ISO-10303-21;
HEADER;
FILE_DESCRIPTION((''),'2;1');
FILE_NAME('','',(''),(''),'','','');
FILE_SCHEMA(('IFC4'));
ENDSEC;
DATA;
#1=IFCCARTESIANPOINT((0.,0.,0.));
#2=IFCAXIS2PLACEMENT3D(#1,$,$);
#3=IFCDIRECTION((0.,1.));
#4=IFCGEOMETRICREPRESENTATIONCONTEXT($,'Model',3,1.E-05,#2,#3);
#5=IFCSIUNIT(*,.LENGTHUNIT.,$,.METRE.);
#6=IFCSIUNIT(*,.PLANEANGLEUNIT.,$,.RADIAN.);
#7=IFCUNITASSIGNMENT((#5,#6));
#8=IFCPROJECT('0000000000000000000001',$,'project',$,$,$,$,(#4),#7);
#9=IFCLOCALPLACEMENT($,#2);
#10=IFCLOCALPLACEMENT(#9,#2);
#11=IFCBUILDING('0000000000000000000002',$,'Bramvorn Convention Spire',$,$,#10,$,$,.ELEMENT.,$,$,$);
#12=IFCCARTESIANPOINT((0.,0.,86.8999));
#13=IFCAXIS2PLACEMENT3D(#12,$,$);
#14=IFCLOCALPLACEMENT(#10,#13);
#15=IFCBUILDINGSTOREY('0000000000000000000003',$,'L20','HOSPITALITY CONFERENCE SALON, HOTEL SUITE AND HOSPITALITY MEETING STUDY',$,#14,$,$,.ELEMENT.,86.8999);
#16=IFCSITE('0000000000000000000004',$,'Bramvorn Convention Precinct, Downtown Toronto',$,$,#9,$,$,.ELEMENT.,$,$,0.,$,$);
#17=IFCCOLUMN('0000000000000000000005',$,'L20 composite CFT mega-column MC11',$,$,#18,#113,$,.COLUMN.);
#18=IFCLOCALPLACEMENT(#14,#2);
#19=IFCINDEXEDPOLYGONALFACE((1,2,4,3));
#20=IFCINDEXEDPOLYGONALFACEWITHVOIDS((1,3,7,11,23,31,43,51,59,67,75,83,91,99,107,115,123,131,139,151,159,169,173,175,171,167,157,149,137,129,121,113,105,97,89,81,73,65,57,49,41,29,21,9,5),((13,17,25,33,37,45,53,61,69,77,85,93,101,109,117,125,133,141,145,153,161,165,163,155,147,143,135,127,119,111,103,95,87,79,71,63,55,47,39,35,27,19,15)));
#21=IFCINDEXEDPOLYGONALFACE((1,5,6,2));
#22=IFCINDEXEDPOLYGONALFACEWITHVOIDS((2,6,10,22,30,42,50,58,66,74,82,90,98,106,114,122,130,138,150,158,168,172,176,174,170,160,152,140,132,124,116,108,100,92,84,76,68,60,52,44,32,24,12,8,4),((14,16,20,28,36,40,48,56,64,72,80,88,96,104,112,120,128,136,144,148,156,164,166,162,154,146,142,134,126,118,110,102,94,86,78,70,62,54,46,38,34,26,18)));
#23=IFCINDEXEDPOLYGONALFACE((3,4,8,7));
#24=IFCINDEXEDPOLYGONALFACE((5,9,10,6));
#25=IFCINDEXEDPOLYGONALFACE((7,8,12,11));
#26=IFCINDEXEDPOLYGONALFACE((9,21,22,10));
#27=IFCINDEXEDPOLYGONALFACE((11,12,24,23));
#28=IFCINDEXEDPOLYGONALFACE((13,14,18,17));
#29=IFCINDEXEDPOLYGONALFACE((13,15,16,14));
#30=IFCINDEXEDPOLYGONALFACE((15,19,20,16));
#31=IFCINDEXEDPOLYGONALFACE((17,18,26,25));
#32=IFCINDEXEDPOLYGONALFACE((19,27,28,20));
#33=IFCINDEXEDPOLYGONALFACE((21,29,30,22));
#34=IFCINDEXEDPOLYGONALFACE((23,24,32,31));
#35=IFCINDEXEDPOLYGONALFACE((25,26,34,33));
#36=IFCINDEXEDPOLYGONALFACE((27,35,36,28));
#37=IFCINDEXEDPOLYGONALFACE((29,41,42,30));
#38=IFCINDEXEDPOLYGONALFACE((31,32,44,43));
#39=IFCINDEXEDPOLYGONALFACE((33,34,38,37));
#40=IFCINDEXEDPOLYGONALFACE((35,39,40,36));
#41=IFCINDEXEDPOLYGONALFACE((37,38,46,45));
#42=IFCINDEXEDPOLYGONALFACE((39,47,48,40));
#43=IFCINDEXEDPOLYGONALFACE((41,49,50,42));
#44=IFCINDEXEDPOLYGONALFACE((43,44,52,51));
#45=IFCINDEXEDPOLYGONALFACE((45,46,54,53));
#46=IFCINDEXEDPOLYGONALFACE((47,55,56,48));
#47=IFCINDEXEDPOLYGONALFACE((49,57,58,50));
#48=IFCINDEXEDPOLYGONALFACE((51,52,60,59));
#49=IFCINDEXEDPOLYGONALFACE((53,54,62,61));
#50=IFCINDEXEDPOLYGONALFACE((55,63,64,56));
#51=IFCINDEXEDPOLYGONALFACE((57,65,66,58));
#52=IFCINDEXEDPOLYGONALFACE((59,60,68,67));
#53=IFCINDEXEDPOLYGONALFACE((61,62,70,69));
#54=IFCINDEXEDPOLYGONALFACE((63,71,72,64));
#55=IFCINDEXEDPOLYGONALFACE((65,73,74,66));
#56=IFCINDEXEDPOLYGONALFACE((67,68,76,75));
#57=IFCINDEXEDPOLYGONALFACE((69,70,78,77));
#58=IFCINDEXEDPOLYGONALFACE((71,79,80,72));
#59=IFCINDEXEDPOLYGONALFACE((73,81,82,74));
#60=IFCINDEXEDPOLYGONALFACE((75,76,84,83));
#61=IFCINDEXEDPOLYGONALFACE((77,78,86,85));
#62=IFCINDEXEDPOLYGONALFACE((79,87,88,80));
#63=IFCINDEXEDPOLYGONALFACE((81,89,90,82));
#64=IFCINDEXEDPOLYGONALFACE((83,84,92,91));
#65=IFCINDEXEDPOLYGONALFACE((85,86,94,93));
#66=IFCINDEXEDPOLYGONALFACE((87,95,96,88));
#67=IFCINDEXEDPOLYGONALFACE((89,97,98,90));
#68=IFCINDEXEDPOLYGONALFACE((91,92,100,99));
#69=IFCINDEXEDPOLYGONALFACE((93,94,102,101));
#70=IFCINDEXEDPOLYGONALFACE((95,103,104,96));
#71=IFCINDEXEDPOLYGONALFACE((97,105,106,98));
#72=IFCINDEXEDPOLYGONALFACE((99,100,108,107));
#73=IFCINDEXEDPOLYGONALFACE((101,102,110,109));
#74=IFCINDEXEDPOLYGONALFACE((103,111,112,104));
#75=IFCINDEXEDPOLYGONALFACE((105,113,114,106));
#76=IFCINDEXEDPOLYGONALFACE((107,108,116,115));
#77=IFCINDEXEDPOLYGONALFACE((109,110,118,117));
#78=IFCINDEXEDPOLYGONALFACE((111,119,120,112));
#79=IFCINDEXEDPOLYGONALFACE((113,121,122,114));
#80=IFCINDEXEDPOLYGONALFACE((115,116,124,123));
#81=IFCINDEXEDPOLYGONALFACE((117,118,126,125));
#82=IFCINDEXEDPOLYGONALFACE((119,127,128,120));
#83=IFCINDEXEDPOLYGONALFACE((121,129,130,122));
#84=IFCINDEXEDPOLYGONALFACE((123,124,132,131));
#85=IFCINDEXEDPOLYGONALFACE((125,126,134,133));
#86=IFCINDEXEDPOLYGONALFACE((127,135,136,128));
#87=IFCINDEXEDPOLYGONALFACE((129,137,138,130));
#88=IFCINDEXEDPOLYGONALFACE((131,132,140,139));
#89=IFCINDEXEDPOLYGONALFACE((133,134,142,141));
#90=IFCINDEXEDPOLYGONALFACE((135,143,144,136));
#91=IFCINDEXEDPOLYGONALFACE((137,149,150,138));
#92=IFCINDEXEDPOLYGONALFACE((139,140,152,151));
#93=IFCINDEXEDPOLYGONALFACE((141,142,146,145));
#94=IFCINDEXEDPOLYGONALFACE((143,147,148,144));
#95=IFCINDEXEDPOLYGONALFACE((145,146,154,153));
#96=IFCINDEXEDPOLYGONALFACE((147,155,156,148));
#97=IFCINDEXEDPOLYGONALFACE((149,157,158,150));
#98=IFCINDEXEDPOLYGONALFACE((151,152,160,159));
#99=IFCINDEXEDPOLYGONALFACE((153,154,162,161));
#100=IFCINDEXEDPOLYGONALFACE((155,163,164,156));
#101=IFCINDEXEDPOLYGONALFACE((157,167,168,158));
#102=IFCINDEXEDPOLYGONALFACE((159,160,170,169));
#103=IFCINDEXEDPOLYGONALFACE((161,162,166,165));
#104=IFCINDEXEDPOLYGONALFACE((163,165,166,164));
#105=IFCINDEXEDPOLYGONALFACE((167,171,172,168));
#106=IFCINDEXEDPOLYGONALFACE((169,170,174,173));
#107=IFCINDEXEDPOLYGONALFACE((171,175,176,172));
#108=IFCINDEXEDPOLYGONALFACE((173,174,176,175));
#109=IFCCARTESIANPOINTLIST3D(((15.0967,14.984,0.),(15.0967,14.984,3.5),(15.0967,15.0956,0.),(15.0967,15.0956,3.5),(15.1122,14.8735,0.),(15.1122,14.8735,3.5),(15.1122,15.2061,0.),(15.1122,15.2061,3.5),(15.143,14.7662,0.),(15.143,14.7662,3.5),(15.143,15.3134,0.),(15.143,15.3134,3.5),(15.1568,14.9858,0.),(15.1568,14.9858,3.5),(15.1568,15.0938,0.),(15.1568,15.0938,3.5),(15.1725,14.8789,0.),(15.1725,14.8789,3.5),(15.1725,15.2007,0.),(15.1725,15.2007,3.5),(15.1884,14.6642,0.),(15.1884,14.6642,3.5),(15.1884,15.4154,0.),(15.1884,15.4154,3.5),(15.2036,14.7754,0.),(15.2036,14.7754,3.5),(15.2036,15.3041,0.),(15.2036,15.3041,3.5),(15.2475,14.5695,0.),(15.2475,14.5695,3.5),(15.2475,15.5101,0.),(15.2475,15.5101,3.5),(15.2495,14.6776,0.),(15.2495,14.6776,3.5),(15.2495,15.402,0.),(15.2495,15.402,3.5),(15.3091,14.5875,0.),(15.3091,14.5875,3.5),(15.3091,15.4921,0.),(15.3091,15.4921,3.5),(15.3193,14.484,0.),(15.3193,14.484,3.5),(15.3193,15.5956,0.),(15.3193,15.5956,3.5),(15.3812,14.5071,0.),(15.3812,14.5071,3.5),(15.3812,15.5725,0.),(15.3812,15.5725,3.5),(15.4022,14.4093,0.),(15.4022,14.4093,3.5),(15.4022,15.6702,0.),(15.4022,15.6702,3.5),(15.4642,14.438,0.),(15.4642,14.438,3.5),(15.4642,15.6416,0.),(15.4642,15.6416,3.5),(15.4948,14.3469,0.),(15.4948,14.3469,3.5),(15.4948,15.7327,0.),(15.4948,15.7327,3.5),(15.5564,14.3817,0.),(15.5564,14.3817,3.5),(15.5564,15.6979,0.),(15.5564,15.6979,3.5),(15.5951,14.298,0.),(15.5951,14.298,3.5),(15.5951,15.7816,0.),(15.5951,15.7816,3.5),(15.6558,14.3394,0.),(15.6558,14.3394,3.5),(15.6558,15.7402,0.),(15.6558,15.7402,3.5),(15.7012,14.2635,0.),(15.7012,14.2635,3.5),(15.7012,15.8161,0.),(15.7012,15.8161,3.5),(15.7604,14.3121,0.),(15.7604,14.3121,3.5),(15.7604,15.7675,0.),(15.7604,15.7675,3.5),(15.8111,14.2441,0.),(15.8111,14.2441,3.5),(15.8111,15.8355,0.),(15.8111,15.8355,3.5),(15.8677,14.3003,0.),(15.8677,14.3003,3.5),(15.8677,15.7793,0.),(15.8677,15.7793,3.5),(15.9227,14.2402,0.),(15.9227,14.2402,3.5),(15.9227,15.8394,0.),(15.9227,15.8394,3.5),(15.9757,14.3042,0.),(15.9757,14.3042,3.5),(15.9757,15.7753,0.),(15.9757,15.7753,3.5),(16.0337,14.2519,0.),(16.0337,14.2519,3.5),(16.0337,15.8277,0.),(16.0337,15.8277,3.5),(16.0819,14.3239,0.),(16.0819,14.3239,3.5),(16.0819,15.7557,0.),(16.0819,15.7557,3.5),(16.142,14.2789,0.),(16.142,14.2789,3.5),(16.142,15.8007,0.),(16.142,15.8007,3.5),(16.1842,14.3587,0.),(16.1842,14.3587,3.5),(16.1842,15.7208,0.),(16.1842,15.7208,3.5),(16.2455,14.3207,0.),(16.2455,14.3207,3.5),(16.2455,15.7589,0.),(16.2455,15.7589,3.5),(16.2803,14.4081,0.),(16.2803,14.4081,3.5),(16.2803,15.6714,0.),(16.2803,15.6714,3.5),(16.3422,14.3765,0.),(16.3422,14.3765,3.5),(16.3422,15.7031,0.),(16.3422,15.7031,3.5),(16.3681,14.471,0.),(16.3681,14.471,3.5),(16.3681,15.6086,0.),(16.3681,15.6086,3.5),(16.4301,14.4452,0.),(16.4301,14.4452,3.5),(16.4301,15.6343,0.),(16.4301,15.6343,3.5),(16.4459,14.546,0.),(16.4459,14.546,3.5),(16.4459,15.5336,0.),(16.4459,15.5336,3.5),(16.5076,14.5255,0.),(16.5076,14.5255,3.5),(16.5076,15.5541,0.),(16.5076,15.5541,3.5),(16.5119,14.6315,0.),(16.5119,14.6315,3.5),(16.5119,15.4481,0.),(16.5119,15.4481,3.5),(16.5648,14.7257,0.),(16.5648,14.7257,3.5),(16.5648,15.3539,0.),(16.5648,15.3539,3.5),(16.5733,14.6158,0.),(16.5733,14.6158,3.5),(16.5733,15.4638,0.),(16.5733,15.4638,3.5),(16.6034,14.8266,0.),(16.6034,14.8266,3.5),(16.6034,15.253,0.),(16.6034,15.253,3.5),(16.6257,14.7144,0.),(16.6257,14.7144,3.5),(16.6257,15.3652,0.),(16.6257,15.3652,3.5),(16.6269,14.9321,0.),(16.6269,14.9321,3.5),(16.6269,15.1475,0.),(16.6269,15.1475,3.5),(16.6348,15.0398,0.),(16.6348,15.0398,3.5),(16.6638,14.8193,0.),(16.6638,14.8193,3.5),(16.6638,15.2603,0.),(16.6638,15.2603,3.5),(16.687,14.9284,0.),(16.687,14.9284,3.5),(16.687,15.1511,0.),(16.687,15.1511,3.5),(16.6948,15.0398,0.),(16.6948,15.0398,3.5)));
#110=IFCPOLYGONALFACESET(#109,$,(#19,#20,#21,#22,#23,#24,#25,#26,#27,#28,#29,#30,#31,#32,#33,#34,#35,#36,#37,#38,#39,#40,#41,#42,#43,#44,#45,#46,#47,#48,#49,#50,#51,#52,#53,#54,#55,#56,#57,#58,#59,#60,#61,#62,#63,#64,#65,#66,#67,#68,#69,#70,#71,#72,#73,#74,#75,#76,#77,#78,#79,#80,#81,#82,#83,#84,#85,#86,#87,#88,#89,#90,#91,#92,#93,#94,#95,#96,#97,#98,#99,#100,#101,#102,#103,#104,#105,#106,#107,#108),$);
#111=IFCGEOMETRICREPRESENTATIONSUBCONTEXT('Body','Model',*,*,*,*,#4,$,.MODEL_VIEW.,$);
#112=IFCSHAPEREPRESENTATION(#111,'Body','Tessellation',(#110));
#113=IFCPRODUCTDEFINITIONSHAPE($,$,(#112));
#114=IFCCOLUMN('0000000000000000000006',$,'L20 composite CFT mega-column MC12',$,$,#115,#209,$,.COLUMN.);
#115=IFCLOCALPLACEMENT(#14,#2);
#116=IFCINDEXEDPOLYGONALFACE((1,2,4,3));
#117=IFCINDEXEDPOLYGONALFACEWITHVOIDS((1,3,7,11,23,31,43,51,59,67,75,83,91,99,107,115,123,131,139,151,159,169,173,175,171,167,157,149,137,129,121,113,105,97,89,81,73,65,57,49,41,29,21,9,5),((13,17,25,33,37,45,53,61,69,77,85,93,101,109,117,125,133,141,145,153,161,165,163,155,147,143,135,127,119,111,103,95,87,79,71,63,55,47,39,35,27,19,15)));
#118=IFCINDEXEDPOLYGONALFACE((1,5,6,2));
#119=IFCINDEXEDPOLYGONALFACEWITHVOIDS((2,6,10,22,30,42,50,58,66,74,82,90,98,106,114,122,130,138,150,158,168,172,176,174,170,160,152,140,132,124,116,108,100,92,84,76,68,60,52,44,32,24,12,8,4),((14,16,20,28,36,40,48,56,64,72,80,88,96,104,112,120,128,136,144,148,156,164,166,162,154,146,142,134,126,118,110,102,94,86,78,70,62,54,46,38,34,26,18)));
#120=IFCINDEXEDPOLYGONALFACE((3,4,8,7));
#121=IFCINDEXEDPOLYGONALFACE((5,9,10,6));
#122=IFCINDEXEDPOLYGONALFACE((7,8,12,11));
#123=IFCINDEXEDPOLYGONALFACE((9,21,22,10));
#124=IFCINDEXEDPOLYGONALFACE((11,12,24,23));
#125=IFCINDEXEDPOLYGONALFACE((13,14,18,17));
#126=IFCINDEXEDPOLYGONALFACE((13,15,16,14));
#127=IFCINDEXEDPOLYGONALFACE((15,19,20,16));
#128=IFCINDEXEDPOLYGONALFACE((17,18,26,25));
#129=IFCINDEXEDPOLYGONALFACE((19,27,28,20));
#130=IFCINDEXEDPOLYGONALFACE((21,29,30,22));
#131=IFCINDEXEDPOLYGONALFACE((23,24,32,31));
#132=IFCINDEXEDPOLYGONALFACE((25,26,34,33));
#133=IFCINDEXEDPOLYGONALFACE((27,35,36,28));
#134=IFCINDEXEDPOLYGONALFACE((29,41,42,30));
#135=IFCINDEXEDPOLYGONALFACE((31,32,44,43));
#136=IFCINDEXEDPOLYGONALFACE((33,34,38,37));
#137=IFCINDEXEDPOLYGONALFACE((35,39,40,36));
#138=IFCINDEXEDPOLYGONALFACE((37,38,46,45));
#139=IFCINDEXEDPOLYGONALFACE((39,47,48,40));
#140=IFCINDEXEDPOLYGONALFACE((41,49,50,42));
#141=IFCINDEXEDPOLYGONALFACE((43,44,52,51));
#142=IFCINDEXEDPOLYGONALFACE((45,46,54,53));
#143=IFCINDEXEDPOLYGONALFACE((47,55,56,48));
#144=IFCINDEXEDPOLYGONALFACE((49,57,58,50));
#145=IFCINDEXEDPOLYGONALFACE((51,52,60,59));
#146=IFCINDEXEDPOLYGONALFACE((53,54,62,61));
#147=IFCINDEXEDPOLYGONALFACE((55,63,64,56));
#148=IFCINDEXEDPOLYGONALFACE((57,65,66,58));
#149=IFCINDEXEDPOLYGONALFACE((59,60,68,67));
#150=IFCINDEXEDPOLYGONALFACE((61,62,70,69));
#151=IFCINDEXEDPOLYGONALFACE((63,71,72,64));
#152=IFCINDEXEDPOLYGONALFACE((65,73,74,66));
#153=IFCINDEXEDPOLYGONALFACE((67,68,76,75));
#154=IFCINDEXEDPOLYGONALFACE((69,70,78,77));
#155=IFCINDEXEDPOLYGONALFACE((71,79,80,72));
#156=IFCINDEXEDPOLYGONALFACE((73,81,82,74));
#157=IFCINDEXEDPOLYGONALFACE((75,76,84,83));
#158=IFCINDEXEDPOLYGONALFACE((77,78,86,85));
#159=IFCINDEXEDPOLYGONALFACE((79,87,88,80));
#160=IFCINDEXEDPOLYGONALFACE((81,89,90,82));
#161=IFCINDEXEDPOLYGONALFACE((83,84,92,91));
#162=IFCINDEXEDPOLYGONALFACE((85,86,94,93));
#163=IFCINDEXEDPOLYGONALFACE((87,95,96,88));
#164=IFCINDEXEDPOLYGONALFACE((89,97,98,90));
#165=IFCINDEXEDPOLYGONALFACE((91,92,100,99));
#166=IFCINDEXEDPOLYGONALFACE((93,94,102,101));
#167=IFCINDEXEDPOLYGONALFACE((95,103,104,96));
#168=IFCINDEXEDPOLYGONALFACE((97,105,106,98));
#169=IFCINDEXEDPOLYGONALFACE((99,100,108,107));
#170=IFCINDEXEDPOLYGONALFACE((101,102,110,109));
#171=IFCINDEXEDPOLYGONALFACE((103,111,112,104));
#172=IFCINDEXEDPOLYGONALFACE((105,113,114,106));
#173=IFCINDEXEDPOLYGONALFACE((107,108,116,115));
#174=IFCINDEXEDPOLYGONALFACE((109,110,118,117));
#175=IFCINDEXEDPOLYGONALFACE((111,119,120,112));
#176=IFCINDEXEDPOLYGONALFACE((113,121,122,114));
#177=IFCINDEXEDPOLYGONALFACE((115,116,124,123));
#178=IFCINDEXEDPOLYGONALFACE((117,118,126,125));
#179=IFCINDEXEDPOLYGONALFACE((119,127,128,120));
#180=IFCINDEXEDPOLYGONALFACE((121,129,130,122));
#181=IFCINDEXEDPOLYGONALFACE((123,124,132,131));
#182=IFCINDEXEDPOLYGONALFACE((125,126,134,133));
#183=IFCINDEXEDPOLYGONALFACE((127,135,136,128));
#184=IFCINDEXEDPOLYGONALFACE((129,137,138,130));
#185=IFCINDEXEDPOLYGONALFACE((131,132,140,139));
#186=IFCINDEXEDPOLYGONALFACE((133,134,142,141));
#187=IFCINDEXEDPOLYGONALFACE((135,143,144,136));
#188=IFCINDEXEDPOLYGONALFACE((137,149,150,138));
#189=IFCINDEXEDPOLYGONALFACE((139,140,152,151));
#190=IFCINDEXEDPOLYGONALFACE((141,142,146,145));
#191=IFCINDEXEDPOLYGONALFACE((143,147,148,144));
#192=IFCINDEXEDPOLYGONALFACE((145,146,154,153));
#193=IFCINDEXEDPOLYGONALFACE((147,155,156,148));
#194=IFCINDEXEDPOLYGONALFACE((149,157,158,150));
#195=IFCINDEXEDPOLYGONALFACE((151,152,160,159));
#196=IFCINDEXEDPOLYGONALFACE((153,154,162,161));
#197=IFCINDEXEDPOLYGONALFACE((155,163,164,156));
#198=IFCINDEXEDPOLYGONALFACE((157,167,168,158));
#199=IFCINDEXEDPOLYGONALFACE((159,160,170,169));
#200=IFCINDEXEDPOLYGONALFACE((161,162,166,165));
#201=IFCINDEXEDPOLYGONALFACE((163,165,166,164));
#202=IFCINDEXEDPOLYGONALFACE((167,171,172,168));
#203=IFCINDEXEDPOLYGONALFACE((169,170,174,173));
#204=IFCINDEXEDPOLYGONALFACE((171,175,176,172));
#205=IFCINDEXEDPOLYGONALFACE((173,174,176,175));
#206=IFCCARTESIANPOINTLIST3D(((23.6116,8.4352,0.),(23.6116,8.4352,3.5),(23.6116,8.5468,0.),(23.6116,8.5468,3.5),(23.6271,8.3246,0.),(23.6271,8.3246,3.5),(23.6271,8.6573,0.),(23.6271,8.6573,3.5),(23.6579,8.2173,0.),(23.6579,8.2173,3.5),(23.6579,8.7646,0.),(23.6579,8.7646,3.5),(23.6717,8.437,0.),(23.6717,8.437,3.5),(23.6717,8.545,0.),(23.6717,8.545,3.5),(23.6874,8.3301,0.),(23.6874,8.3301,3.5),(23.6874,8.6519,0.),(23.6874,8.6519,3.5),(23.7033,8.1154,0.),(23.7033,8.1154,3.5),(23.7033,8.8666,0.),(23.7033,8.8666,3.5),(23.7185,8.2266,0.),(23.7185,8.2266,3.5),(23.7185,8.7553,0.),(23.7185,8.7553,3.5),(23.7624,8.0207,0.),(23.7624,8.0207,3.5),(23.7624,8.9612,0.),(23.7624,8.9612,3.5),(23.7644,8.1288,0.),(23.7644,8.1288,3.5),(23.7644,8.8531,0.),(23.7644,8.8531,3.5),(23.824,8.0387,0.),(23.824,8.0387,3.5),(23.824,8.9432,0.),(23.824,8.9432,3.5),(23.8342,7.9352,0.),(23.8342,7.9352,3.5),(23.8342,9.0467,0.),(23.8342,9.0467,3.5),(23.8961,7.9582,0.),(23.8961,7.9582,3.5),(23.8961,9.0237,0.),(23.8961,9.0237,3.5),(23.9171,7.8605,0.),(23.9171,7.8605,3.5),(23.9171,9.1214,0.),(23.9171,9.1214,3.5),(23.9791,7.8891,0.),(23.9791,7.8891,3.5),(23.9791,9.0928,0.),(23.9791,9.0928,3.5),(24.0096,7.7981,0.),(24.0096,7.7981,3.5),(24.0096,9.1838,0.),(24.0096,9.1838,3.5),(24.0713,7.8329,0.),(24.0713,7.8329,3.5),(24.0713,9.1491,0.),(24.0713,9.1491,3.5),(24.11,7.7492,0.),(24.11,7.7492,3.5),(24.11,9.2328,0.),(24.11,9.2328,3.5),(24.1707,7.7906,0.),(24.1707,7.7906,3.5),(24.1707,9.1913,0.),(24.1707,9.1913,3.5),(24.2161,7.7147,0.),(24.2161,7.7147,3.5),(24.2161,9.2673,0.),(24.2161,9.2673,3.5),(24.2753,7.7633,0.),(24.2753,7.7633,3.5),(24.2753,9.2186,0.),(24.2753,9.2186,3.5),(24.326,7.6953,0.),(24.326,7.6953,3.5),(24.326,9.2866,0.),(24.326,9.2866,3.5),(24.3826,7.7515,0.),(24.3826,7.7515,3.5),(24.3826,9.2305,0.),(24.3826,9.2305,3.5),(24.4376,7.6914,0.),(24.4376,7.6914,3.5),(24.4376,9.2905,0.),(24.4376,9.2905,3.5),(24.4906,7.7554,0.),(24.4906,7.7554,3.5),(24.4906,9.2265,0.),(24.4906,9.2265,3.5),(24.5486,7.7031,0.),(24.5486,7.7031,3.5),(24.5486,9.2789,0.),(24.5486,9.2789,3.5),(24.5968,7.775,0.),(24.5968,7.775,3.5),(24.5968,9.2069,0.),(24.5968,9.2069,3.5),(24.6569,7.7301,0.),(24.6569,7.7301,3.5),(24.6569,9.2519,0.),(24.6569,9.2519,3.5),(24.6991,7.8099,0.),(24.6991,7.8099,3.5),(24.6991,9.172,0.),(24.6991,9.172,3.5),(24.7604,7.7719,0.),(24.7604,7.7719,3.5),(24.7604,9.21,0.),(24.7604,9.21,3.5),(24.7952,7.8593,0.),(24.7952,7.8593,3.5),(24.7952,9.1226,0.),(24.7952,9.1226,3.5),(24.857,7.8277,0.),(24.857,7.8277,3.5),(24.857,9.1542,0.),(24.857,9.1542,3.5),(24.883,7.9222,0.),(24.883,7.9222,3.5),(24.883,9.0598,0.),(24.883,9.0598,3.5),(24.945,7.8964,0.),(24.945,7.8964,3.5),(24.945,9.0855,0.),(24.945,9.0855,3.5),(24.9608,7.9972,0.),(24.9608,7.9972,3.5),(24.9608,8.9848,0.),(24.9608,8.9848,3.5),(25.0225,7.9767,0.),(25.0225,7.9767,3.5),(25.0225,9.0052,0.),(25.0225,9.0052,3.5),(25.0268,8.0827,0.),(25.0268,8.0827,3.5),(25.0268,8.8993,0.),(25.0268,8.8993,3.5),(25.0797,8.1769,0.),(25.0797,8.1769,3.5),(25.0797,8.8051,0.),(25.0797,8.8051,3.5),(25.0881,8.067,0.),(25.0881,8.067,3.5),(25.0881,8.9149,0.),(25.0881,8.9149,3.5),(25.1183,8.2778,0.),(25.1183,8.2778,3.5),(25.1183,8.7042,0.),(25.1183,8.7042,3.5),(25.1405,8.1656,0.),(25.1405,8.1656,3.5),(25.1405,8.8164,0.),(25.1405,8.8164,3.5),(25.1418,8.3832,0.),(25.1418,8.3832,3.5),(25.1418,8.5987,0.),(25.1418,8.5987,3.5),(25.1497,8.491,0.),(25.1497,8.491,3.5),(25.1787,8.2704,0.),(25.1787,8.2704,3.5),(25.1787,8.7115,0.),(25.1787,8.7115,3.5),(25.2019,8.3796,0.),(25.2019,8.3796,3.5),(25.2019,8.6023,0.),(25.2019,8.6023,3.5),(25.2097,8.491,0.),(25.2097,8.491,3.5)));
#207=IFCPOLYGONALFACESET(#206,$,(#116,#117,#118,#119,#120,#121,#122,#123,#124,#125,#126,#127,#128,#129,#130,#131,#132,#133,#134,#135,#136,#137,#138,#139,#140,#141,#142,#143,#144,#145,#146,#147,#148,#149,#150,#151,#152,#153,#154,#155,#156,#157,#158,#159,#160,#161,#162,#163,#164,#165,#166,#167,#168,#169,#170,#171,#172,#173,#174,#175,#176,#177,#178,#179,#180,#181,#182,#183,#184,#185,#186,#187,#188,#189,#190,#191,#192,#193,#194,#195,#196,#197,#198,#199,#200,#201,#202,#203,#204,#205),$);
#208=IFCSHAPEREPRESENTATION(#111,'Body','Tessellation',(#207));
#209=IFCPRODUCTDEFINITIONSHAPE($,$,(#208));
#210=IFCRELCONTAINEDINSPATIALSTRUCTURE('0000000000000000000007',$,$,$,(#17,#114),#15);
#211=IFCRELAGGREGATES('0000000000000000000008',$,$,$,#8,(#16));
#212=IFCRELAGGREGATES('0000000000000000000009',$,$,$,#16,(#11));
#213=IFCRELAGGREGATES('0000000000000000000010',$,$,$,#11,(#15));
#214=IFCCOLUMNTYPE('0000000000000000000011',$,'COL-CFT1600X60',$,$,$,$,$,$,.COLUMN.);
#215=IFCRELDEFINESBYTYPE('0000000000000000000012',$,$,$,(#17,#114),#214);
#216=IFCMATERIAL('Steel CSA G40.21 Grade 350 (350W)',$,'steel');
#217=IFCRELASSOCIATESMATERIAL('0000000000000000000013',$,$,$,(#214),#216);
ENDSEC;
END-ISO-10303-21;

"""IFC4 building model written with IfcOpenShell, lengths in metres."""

from ifc_helpers import new_model, si_unit, direction, frame, origin, origin_2d, place, context, subcontext, project, spatial, hollow_circle, extrude, material, material_profile, profile_set, type_object, element, save


model = new_model("IFC4")

# Units and contexts
model_context = context("Model", 3, precision=1e-05, world=origin(), true_north=direction((0.0, 1.0)))
body_context = subcontext(model_context, "Body", "Model", "MODEL_VIEW")
ifc_project = project(units=[si_unit("LENGTHUNIT", "METRE"), si_unit("PLANEANGLEUNIT", "RADIAN")], contexts=[model_context])

# Site, building, storey
site_placement = place(None, origin())
site = spatial("IfcSite", under=ifc_project, at=site_placement, Name="Bramvorn Convention Precinct, Downtown Toronto", CompositionType="ELEMENT", RefElevation=0.0)
building_placement = place(site_placement, origin())
building = spatial("IfcBuilding", under=site, at=building_placement, Name="Bramvorn Convention Spire", CompositionType="ELEMENT")
storey_placement = place(building_placement, frame((0.0, 0.0, 86.8999)))
storey = spatial("IfcBuildingStorey", under=building, at=storey_placement, Name="L20", Description="HOSPITALITY CONFERENCE SALON, HOTEL SUITE AND HOSPITALITY MEETING STUDY", CompositionType="ELEMENT", Elevation=86.8999)

# Columns
ifc_material_1 = material(Name="Steel CSA G40.21 Grade 350 (350W)", Category="steel")
ifc_material_profile_1 = material_profile(ifc_material_1, hollow_circle(Radius=0.8, WallThickness=0.0601, at=origin_2d()))
ifc_profile_set_1 = profile_set([ifc_material_profile_1], Name="Steel CSA G40.21 Grade 350 (350W) - CFT1600X60")
column_type = type_object("IfcColumnType", Name="COL-CFT1600X60", PredefinedType="COLUMN", material=ifc_profile_set_1)
for number, where, z_axis, x_axis, name in (
    (1, (15.8948, 15.0398, 0.0), (0.0, 0.0, 1.0), (1.0, 0.0, 0.0), "L20 composite CFT mega-column MC11"),
    (2, (24.4097, 8.491, 0.0), (0.0, 0.0, 1.0), (1.0, 0.0, 0.0), "L20 composite CFT mega-column MC12"),
):
    element("IfcColumn", number, at=place(storey_placement, frame(where, z_axis=z_axis, x_axis=x_axis)), inside=storey, type_object=column_type, Name=name, PredefinedType="COLUMN", context=body_context, shape_type="SweptSolid", body=[
        extrude(hollow_circle(Radius=0.8, WallThickness=0.0601, at=origin_2d()), origin(), (0.0, 0.0, 1.0), 3.5),
    ])

save(model, "model.ifc")
